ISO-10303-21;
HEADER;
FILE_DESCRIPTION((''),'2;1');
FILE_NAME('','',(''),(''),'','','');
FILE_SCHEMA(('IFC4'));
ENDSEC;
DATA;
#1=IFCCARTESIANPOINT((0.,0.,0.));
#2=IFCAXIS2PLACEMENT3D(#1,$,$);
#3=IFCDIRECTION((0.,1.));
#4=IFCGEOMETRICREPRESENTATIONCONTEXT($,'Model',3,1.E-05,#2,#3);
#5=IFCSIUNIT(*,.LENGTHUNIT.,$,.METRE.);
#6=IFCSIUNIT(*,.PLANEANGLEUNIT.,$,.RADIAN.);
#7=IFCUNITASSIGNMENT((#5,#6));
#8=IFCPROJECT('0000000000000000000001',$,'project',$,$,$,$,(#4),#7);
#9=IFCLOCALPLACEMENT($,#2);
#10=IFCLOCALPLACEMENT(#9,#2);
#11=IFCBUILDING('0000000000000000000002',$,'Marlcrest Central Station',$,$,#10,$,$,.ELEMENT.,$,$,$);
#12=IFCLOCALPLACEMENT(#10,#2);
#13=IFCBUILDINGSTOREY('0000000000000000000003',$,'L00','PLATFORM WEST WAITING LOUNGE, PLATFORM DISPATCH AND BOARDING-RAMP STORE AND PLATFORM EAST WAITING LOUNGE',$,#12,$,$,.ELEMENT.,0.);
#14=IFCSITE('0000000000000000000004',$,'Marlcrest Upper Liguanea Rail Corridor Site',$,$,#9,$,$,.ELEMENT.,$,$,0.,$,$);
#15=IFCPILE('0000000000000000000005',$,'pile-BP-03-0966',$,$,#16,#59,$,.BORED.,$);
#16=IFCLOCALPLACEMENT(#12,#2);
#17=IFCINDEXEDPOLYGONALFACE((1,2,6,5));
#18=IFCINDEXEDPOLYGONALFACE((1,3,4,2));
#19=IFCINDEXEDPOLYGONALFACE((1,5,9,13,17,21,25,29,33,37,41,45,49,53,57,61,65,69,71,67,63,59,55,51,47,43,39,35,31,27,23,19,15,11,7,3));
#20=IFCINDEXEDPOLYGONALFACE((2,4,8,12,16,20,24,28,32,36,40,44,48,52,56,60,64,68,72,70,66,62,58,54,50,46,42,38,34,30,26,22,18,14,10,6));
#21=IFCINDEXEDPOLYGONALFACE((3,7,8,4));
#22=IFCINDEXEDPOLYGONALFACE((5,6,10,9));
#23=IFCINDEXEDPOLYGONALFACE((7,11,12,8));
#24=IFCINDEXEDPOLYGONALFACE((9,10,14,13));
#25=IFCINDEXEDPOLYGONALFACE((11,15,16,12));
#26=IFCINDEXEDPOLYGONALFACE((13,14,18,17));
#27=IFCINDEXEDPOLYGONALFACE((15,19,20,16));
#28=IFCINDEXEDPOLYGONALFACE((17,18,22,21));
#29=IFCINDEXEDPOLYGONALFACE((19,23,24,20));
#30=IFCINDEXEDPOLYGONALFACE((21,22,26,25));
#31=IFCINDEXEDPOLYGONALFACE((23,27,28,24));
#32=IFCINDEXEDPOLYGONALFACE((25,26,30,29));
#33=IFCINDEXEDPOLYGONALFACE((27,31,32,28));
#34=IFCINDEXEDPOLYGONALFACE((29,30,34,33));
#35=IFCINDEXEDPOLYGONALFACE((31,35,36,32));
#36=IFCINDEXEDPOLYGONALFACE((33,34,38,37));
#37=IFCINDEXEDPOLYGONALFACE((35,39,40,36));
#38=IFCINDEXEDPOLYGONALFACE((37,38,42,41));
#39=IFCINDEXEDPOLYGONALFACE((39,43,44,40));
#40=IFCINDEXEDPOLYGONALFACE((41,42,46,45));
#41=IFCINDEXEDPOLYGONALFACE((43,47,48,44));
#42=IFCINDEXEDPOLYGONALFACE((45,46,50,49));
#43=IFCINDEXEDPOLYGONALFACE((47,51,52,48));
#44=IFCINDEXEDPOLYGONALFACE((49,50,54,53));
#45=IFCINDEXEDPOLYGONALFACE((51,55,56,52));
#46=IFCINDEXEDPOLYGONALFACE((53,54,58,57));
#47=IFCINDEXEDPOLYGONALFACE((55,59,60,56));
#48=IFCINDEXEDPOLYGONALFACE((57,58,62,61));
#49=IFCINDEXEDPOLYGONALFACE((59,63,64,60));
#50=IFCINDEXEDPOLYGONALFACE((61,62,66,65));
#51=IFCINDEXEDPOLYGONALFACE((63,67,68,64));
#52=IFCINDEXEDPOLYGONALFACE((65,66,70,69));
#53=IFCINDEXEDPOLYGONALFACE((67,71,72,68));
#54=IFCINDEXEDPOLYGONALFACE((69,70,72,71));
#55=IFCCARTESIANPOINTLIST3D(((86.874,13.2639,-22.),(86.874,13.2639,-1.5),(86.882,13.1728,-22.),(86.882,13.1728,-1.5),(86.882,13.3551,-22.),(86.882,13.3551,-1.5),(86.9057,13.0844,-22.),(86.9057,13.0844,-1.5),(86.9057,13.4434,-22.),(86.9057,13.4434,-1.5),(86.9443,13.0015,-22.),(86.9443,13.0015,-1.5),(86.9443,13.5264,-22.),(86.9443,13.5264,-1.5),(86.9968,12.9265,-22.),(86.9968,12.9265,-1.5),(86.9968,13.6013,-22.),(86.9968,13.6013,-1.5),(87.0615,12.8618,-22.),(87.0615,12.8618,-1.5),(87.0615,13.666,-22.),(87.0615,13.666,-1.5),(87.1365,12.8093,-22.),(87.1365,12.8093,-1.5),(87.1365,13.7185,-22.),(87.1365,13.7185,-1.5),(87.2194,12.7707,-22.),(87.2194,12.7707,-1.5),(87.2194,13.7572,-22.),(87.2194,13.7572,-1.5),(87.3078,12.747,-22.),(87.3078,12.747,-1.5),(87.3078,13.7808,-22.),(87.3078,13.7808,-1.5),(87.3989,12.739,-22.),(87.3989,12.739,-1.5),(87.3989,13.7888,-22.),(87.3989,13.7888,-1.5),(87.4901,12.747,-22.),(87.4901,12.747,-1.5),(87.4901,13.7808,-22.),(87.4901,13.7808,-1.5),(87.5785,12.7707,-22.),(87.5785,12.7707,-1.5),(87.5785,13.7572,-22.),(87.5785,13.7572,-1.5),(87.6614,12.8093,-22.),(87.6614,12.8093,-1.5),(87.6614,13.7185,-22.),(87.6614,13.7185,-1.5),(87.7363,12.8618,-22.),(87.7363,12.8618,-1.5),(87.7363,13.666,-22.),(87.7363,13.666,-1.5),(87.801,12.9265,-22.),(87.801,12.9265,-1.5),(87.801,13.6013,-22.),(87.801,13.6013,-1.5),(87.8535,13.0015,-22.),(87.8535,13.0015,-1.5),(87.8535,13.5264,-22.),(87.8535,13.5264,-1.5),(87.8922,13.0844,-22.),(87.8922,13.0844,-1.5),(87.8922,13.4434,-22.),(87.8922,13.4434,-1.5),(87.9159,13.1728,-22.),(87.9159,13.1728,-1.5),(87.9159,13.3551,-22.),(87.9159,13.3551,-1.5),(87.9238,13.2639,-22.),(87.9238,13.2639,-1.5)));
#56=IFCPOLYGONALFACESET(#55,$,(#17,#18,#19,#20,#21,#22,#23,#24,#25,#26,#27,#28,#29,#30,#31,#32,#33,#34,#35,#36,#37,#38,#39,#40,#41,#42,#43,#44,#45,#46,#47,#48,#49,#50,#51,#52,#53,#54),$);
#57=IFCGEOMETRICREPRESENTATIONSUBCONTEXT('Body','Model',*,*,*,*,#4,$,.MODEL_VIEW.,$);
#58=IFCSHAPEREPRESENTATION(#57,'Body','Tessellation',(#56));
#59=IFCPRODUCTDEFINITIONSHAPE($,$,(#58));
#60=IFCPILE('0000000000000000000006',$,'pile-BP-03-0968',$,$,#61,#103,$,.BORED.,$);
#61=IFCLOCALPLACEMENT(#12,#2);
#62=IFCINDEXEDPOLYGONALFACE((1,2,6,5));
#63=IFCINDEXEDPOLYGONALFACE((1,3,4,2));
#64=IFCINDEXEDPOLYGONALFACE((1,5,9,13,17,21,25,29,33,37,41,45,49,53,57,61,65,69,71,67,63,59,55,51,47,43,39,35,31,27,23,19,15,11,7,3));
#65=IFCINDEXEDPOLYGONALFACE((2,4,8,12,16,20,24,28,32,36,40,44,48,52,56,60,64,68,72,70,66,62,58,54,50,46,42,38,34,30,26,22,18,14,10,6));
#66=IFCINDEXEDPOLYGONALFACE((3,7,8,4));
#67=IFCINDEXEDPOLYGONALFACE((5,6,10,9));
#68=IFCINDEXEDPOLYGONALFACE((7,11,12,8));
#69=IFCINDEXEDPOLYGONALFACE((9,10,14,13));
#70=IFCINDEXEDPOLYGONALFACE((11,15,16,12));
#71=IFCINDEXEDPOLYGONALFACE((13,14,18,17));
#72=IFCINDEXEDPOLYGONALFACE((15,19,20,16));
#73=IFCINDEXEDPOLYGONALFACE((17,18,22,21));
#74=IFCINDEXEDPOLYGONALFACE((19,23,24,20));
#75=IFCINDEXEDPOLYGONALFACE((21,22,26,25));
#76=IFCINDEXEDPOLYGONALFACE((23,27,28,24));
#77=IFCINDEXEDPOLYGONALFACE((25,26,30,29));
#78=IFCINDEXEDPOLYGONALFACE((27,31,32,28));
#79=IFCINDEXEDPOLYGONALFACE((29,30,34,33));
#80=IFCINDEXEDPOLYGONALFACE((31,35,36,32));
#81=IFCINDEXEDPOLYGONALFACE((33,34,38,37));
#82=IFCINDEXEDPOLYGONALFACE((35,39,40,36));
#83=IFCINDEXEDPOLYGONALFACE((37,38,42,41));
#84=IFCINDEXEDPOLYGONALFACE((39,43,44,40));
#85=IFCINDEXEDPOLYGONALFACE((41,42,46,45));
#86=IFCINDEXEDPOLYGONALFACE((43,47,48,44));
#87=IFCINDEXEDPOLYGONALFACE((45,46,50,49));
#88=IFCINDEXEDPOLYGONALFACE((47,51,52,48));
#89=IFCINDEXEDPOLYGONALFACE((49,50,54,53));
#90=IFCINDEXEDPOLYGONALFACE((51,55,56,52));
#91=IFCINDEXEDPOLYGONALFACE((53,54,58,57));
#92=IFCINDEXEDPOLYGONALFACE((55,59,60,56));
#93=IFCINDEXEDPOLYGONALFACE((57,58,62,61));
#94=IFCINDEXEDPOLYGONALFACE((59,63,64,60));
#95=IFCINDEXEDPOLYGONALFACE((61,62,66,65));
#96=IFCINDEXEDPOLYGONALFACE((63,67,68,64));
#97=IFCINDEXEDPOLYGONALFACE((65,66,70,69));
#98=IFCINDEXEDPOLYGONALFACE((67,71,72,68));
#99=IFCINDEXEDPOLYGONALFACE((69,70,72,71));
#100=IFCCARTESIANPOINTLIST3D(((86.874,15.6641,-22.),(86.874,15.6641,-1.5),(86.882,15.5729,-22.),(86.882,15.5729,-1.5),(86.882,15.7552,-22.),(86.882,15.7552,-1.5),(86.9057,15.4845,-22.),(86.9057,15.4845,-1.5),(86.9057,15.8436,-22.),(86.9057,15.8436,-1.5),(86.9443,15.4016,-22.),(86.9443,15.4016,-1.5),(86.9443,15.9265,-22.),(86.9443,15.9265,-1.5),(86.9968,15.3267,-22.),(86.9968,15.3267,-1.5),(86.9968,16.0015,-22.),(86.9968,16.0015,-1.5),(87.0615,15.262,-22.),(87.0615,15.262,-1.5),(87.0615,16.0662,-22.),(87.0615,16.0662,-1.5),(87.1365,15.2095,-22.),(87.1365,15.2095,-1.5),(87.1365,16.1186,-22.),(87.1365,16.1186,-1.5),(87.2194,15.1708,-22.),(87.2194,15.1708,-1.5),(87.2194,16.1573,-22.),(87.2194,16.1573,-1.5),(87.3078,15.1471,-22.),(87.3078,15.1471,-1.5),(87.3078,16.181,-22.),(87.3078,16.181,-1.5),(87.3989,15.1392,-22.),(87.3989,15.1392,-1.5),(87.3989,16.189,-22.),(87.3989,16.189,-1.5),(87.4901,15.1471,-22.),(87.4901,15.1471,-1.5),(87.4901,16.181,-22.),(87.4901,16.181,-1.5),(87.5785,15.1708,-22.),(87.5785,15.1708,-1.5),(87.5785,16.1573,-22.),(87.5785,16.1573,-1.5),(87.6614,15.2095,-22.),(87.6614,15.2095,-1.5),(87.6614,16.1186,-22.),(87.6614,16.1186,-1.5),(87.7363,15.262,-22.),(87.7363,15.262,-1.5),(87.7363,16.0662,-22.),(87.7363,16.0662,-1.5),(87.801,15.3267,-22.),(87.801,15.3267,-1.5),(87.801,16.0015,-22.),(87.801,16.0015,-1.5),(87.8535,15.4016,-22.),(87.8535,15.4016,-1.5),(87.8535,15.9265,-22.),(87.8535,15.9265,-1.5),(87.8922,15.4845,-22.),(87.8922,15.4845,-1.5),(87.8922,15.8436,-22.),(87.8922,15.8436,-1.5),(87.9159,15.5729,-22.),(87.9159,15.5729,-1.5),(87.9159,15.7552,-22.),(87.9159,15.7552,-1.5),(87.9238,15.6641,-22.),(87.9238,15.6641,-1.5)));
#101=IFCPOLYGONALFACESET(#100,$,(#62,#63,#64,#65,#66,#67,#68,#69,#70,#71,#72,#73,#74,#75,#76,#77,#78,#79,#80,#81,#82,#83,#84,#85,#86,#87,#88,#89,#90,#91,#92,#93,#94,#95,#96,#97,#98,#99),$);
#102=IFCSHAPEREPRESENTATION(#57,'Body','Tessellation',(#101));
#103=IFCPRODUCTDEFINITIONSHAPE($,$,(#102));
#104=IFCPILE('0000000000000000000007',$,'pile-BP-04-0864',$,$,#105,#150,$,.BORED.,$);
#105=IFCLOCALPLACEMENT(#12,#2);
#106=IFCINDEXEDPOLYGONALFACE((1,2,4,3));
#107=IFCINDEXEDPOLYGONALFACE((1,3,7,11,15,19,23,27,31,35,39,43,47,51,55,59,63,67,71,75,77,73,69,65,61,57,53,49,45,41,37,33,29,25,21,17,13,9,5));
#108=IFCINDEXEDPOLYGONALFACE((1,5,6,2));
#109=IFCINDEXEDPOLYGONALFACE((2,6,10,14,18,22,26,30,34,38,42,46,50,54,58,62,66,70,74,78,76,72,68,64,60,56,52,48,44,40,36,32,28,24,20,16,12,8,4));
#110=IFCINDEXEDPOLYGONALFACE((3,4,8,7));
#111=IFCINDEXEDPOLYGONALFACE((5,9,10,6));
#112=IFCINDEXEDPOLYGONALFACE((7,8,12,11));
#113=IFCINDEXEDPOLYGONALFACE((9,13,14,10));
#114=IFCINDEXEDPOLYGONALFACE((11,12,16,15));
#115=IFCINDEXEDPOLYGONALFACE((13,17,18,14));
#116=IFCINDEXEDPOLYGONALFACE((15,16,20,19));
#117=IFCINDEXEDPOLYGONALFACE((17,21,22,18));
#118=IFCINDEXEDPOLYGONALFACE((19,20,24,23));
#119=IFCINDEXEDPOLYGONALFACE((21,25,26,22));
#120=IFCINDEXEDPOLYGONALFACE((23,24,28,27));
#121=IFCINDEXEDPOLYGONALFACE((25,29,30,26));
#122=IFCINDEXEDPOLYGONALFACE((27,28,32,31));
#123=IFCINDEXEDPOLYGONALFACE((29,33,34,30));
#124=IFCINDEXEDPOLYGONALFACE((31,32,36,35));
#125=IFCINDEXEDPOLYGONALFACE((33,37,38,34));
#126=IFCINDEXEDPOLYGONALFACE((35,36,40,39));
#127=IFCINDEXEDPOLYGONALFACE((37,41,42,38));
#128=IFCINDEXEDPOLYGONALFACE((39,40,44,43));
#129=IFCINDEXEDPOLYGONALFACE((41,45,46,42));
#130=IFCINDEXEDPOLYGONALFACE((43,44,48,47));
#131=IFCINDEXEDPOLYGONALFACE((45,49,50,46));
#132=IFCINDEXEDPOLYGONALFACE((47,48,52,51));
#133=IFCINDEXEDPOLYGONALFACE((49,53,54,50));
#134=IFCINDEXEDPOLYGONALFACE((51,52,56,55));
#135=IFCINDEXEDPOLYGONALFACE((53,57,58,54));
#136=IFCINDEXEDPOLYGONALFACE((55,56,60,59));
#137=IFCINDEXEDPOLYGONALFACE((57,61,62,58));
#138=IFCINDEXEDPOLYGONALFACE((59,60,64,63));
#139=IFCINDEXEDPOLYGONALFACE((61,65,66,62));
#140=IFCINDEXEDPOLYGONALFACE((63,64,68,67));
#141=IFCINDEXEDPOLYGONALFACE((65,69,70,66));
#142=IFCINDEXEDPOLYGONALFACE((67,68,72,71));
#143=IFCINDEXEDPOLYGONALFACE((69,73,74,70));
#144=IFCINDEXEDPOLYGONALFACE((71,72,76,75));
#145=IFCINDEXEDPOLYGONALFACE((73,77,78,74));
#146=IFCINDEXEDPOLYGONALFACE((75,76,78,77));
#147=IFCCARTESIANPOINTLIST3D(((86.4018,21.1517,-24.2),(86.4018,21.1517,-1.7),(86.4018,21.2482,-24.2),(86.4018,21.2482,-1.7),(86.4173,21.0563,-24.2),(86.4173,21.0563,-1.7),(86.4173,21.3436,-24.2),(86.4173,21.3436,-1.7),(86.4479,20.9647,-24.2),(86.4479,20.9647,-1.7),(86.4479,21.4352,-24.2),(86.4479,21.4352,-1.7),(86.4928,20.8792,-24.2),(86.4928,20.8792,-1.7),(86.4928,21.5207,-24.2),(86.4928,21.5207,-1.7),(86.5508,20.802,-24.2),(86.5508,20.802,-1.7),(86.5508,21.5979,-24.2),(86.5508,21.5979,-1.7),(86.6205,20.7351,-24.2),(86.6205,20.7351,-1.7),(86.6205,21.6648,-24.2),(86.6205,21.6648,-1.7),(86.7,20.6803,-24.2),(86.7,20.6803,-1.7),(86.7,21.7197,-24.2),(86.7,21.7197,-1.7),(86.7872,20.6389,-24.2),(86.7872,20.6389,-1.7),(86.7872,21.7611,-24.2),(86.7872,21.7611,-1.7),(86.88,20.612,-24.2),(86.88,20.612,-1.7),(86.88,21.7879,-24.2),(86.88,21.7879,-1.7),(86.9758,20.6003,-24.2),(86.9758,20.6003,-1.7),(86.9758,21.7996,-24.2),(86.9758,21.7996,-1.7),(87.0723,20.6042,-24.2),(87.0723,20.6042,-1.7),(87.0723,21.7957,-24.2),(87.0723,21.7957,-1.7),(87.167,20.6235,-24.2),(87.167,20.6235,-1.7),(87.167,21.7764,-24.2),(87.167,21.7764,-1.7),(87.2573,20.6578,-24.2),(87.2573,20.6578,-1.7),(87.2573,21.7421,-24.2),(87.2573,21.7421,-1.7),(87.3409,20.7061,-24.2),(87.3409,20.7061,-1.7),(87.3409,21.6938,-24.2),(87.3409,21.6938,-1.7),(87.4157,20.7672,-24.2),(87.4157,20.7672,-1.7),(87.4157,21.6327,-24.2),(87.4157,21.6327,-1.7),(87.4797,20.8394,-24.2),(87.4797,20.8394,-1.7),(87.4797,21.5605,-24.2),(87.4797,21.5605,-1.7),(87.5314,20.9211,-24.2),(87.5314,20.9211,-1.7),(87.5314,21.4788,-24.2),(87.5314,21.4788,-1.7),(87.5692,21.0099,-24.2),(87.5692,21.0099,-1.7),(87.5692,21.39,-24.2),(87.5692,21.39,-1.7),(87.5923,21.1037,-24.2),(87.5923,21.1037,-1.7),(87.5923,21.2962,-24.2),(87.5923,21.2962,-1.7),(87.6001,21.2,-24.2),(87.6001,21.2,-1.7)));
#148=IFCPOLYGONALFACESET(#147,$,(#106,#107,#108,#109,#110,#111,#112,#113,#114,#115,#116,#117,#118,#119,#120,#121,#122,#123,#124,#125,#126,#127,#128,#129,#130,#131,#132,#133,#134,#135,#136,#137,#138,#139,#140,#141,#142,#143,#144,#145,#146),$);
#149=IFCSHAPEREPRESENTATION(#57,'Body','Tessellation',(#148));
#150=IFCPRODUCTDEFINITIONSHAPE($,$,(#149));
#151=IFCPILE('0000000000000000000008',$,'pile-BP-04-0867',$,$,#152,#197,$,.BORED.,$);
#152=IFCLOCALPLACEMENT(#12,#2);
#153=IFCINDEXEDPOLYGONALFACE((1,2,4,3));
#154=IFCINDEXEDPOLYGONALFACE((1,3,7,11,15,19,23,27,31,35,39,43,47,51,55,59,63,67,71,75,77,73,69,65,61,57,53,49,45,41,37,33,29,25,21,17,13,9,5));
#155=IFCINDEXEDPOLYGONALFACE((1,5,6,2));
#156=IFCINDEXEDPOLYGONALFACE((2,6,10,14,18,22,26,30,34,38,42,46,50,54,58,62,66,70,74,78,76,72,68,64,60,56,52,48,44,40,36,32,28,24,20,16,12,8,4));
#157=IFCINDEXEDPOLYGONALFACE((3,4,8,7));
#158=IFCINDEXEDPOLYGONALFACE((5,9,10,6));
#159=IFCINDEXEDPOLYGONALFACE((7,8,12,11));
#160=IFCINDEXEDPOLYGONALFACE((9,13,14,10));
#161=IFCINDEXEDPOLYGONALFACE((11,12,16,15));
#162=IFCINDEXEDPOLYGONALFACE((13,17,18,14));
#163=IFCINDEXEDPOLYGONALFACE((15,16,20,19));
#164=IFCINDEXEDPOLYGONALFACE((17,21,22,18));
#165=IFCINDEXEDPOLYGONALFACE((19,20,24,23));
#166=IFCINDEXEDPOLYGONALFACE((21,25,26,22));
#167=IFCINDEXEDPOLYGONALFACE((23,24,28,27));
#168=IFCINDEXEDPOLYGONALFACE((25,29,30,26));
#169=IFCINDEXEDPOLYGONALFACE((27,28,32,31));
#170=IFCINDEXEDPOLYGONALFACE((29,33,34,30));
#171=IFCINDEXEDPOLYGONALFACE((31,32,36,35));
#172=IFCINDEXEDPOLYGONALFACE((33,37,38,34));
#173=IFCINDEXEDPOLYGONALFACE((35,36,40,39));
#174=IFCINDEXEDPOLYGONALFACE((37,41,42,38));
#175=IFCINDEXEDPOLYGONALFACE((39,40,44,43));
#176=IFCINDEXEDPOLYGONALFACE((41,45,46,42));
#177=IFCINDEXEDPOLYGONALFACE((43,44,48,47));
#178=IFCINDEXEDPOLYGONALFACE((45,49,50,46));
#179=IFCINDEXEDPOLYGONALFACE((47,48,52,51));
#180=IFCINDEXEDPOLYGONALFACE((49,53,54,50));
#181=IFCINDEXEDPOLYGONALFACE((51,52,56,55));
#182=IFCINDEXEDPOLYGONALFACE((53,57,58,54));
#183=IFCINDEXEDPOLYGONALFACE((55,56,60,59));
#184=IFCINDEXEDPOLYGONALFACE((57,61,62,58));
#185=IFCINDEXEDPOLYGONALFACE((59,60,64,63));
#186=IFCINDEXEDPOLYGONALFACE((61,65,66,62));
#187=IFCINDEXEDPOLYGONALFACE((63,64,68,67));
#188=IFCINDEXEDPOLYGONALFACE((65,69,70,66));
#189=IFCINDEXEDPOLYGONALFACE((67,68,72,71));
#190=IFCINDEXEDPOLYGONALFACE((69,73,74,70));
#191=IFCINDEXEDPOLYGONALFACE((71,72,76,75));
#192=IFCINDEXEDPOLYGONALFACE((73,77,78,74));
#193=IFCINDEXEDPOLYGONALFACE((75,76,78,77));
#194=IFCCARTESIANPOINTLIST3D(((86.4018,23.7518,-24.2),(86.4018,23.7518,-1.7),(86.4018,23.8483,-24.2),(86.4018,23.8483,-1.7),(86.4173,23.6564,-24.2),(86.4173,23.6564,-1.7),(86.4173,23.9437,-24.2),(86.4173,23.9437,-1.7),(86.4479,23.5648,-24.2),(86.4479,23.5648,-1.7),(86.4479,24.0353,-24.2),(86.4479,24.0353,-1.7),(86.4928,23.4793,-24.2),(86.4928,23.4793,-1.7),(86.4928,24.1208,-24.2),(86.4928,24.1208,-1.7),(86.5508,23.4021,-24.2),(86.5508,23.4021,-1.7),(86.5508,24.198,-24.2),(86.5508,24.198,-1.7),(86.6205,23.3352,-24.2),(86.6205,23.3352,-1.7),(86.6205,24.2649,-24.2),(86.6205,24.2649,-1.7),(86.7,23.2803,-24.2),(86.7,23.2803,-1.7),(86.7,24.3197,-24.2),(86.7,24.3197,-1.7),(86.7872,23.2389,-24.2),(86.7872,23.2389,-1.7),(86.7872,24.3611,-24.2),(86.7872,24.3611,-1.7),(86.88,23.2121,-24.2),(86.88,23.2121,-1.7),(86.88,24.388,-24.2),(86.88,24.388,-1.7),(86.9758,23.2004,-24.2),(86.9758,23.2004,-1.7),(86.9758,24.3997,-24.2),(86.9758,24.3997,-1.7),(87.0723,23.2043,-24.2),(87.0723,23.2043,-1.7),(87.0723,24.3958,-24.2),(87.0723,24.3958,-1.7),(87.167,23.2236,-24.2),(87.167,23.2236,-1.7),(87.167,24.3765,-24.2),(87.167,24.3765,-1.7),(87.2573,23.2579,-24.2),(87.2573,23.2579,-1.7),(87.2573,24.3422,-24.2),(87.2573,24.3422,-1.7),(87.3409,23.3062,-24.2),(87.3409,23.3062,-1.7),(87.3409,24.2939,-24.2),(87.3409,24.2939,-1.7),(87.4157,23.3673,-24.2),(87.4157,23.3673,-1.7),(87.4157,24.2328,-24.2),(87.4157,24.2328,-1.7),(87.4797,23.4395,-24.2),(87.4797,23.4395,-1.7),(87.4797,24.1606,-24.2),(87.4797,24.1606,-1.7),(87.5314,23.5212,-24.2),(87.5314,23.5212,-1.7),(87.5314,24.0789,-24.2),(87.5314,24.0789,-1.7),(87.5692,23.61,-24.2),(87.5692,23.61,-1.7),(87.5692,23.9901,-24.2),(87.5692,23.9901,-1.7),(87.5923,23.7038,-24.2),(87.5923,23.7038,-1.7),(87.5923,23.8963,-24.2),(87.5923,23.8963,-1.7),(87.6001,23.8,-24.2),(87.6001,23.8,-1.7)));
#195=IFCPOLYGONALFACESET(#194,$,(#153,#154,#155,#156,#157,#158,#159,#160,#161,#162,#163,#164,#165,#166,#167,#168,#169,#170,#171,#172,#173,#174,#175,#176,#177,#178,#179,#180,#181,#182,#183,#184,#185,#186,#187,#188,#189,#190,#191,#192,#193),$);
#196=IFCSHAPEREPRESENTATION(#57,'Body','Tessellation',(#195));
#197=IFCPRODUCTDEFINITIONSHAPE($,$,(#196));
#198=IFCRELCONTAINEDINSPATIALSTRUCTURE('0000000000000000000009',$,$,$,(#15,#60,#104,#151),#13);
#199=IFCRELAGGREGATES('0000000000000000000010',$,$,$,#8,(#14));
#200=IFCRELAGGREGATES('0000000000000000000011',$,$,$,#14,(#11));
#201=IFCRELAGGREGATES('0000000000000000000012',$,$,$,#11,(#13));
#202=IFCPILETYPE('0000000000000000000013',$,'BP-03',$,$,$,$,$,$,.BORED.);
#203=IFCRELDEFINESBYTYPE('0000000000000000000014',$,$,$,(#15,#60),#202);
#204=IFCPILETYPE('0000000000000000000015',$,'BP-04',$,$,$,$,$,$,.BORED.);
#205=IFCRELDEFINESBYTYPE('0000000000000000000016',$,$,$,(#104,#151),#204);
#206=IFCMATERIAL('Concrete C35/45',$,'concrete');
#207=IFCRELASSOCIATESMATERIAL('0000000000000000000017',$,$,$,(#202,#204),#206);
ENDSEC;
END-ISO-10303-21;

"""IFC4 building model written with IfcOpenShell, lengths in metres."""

from ifc_helpers import new_model, si_unit, direction, frame, origin, origin_2d, place, context, subcontext, project, spatial, circle, extrude, material, material_profile, profile_set, type_object, element, save


model = new_model("IFC4")

# Units and contexts
model_context = context("Model", 3, precision=1e-05, world=origin(), true_north=direction((0.0, 1.0)))
body_context = subcontext(model_context, "Body", "Model", "MODEL_VIEW")
ifc_project = project(units=[si_unit("LENGTHUNIT", "METRE"), si_unit("PLANEANGLEUNIT", "RADIAN")], contexts=[model_context])

# Site, building, storey
site_placement = place(None, origin())
site = spatial("IfcSite", under=ifc_project, at=site_placement, Name="Marlcrest Upper Liguanea Rail Corridor Site", CompositionType="ELEMENT", RefElevation=0.0)
building_placement = place(site_placement, origin())
building = spatial("IfcBuilding", under=site, at=building_placement, Name="Marlcrest Central Station", CompositionType="ELEMENT")
storey_placement = place(building_placement, origin())
storey = spatial("IfcBuildingStorey", under=building, at=storey_placement, Name="L00", Description="PLATFORM WEST WAITING LOUNGE, PLATFORM DISPATCH AND BOARDING-RAMP STORE AND PLATFORM EAST WAITING LOUNGE", CompositionType="ELEMENT", Elevation=0.0)

# Piles
ifc_material_1 = material(Name="Concrete C35/45", Category="concrete")
ifc_material_profile_1 = material_profile(ifc_material_1, circle(Radius=0.5249, at=origin_2d()), Name="PILE D1050")
ifc_profile_set_1 = profile_set([ifc_material_profile_1], Name="Concrete C35/45")
pile_type_1 = type_object("IfcPileType", Name="BP-03", PredefinedType="BORED", material=ifc_profile_set_1)
for number, where, z_axis, x_axis, name in (
    (1, (87.3989, 13.2639, -1.5), (0.0, 0.0, -1.0), (1.0, 0.0, 0.0), "pile-BP-03-0966"),
    (2, (87.3989, 15.6641, -1.5), (0.0, 0.0, -1.0), (1.0, 0.0, 0.0), "pile-BP-03-0968"),
):
    element("IfcPile", number, at=place(storey_placement, frame(where, z_axis=z_axis, x_axis=x_axis)), inside=storey, type_object=pile_type_1, Name=name, PredefinedType="BORED", context=body_context, shape_type="SweptSolid", body=[
        extrude(circle(Radius=0.5249, at=origin_2d()), origin(), (0.0, 0.0, 1.0), 20.5),
    ])
ifc_material_profile_2 = material_profile(ifc_material_1, circle(Radius=0.6001, at=origin_2d()), Name="PILE D1200")
ifc_profile_set_2 = profile_set([ifc_material_profile_2], Name="Concrete C35/45")
pile_type_2 = type_object("IfcPileType", Name="BP-04", PredefinedType="BORED", material=ifc_profile_set_2)
for number, where, z_axis, x_axis, name in (
    (3, (87.0, 21.2, -1.7), (0.0, 0.0, -1.0), (1.0, 0.0, 0.0), "pile-BP-04-0864"),
    (4, (87.0, 23.8, -1.7), (0.0, 0.0, -1.0), (1.0, 0.0, 0.0), "pile-BP-04-0867"),
):
    element("IfcPile", number, at=place(storey_placement, frame(where, z_axis=z_axis, x_axis=x_axis)), inside=storey, type_object=pile_type_2, Name=name, PredefinedType="BORED", context=body_context, shape_type="SweptSolid", body=[
        extrude(circle(Radius=0.6001, at=origin_2d()), origin(), (0.0, 0.0, 1.0), 22.5),
    ])

save(model, "model.ifc")
